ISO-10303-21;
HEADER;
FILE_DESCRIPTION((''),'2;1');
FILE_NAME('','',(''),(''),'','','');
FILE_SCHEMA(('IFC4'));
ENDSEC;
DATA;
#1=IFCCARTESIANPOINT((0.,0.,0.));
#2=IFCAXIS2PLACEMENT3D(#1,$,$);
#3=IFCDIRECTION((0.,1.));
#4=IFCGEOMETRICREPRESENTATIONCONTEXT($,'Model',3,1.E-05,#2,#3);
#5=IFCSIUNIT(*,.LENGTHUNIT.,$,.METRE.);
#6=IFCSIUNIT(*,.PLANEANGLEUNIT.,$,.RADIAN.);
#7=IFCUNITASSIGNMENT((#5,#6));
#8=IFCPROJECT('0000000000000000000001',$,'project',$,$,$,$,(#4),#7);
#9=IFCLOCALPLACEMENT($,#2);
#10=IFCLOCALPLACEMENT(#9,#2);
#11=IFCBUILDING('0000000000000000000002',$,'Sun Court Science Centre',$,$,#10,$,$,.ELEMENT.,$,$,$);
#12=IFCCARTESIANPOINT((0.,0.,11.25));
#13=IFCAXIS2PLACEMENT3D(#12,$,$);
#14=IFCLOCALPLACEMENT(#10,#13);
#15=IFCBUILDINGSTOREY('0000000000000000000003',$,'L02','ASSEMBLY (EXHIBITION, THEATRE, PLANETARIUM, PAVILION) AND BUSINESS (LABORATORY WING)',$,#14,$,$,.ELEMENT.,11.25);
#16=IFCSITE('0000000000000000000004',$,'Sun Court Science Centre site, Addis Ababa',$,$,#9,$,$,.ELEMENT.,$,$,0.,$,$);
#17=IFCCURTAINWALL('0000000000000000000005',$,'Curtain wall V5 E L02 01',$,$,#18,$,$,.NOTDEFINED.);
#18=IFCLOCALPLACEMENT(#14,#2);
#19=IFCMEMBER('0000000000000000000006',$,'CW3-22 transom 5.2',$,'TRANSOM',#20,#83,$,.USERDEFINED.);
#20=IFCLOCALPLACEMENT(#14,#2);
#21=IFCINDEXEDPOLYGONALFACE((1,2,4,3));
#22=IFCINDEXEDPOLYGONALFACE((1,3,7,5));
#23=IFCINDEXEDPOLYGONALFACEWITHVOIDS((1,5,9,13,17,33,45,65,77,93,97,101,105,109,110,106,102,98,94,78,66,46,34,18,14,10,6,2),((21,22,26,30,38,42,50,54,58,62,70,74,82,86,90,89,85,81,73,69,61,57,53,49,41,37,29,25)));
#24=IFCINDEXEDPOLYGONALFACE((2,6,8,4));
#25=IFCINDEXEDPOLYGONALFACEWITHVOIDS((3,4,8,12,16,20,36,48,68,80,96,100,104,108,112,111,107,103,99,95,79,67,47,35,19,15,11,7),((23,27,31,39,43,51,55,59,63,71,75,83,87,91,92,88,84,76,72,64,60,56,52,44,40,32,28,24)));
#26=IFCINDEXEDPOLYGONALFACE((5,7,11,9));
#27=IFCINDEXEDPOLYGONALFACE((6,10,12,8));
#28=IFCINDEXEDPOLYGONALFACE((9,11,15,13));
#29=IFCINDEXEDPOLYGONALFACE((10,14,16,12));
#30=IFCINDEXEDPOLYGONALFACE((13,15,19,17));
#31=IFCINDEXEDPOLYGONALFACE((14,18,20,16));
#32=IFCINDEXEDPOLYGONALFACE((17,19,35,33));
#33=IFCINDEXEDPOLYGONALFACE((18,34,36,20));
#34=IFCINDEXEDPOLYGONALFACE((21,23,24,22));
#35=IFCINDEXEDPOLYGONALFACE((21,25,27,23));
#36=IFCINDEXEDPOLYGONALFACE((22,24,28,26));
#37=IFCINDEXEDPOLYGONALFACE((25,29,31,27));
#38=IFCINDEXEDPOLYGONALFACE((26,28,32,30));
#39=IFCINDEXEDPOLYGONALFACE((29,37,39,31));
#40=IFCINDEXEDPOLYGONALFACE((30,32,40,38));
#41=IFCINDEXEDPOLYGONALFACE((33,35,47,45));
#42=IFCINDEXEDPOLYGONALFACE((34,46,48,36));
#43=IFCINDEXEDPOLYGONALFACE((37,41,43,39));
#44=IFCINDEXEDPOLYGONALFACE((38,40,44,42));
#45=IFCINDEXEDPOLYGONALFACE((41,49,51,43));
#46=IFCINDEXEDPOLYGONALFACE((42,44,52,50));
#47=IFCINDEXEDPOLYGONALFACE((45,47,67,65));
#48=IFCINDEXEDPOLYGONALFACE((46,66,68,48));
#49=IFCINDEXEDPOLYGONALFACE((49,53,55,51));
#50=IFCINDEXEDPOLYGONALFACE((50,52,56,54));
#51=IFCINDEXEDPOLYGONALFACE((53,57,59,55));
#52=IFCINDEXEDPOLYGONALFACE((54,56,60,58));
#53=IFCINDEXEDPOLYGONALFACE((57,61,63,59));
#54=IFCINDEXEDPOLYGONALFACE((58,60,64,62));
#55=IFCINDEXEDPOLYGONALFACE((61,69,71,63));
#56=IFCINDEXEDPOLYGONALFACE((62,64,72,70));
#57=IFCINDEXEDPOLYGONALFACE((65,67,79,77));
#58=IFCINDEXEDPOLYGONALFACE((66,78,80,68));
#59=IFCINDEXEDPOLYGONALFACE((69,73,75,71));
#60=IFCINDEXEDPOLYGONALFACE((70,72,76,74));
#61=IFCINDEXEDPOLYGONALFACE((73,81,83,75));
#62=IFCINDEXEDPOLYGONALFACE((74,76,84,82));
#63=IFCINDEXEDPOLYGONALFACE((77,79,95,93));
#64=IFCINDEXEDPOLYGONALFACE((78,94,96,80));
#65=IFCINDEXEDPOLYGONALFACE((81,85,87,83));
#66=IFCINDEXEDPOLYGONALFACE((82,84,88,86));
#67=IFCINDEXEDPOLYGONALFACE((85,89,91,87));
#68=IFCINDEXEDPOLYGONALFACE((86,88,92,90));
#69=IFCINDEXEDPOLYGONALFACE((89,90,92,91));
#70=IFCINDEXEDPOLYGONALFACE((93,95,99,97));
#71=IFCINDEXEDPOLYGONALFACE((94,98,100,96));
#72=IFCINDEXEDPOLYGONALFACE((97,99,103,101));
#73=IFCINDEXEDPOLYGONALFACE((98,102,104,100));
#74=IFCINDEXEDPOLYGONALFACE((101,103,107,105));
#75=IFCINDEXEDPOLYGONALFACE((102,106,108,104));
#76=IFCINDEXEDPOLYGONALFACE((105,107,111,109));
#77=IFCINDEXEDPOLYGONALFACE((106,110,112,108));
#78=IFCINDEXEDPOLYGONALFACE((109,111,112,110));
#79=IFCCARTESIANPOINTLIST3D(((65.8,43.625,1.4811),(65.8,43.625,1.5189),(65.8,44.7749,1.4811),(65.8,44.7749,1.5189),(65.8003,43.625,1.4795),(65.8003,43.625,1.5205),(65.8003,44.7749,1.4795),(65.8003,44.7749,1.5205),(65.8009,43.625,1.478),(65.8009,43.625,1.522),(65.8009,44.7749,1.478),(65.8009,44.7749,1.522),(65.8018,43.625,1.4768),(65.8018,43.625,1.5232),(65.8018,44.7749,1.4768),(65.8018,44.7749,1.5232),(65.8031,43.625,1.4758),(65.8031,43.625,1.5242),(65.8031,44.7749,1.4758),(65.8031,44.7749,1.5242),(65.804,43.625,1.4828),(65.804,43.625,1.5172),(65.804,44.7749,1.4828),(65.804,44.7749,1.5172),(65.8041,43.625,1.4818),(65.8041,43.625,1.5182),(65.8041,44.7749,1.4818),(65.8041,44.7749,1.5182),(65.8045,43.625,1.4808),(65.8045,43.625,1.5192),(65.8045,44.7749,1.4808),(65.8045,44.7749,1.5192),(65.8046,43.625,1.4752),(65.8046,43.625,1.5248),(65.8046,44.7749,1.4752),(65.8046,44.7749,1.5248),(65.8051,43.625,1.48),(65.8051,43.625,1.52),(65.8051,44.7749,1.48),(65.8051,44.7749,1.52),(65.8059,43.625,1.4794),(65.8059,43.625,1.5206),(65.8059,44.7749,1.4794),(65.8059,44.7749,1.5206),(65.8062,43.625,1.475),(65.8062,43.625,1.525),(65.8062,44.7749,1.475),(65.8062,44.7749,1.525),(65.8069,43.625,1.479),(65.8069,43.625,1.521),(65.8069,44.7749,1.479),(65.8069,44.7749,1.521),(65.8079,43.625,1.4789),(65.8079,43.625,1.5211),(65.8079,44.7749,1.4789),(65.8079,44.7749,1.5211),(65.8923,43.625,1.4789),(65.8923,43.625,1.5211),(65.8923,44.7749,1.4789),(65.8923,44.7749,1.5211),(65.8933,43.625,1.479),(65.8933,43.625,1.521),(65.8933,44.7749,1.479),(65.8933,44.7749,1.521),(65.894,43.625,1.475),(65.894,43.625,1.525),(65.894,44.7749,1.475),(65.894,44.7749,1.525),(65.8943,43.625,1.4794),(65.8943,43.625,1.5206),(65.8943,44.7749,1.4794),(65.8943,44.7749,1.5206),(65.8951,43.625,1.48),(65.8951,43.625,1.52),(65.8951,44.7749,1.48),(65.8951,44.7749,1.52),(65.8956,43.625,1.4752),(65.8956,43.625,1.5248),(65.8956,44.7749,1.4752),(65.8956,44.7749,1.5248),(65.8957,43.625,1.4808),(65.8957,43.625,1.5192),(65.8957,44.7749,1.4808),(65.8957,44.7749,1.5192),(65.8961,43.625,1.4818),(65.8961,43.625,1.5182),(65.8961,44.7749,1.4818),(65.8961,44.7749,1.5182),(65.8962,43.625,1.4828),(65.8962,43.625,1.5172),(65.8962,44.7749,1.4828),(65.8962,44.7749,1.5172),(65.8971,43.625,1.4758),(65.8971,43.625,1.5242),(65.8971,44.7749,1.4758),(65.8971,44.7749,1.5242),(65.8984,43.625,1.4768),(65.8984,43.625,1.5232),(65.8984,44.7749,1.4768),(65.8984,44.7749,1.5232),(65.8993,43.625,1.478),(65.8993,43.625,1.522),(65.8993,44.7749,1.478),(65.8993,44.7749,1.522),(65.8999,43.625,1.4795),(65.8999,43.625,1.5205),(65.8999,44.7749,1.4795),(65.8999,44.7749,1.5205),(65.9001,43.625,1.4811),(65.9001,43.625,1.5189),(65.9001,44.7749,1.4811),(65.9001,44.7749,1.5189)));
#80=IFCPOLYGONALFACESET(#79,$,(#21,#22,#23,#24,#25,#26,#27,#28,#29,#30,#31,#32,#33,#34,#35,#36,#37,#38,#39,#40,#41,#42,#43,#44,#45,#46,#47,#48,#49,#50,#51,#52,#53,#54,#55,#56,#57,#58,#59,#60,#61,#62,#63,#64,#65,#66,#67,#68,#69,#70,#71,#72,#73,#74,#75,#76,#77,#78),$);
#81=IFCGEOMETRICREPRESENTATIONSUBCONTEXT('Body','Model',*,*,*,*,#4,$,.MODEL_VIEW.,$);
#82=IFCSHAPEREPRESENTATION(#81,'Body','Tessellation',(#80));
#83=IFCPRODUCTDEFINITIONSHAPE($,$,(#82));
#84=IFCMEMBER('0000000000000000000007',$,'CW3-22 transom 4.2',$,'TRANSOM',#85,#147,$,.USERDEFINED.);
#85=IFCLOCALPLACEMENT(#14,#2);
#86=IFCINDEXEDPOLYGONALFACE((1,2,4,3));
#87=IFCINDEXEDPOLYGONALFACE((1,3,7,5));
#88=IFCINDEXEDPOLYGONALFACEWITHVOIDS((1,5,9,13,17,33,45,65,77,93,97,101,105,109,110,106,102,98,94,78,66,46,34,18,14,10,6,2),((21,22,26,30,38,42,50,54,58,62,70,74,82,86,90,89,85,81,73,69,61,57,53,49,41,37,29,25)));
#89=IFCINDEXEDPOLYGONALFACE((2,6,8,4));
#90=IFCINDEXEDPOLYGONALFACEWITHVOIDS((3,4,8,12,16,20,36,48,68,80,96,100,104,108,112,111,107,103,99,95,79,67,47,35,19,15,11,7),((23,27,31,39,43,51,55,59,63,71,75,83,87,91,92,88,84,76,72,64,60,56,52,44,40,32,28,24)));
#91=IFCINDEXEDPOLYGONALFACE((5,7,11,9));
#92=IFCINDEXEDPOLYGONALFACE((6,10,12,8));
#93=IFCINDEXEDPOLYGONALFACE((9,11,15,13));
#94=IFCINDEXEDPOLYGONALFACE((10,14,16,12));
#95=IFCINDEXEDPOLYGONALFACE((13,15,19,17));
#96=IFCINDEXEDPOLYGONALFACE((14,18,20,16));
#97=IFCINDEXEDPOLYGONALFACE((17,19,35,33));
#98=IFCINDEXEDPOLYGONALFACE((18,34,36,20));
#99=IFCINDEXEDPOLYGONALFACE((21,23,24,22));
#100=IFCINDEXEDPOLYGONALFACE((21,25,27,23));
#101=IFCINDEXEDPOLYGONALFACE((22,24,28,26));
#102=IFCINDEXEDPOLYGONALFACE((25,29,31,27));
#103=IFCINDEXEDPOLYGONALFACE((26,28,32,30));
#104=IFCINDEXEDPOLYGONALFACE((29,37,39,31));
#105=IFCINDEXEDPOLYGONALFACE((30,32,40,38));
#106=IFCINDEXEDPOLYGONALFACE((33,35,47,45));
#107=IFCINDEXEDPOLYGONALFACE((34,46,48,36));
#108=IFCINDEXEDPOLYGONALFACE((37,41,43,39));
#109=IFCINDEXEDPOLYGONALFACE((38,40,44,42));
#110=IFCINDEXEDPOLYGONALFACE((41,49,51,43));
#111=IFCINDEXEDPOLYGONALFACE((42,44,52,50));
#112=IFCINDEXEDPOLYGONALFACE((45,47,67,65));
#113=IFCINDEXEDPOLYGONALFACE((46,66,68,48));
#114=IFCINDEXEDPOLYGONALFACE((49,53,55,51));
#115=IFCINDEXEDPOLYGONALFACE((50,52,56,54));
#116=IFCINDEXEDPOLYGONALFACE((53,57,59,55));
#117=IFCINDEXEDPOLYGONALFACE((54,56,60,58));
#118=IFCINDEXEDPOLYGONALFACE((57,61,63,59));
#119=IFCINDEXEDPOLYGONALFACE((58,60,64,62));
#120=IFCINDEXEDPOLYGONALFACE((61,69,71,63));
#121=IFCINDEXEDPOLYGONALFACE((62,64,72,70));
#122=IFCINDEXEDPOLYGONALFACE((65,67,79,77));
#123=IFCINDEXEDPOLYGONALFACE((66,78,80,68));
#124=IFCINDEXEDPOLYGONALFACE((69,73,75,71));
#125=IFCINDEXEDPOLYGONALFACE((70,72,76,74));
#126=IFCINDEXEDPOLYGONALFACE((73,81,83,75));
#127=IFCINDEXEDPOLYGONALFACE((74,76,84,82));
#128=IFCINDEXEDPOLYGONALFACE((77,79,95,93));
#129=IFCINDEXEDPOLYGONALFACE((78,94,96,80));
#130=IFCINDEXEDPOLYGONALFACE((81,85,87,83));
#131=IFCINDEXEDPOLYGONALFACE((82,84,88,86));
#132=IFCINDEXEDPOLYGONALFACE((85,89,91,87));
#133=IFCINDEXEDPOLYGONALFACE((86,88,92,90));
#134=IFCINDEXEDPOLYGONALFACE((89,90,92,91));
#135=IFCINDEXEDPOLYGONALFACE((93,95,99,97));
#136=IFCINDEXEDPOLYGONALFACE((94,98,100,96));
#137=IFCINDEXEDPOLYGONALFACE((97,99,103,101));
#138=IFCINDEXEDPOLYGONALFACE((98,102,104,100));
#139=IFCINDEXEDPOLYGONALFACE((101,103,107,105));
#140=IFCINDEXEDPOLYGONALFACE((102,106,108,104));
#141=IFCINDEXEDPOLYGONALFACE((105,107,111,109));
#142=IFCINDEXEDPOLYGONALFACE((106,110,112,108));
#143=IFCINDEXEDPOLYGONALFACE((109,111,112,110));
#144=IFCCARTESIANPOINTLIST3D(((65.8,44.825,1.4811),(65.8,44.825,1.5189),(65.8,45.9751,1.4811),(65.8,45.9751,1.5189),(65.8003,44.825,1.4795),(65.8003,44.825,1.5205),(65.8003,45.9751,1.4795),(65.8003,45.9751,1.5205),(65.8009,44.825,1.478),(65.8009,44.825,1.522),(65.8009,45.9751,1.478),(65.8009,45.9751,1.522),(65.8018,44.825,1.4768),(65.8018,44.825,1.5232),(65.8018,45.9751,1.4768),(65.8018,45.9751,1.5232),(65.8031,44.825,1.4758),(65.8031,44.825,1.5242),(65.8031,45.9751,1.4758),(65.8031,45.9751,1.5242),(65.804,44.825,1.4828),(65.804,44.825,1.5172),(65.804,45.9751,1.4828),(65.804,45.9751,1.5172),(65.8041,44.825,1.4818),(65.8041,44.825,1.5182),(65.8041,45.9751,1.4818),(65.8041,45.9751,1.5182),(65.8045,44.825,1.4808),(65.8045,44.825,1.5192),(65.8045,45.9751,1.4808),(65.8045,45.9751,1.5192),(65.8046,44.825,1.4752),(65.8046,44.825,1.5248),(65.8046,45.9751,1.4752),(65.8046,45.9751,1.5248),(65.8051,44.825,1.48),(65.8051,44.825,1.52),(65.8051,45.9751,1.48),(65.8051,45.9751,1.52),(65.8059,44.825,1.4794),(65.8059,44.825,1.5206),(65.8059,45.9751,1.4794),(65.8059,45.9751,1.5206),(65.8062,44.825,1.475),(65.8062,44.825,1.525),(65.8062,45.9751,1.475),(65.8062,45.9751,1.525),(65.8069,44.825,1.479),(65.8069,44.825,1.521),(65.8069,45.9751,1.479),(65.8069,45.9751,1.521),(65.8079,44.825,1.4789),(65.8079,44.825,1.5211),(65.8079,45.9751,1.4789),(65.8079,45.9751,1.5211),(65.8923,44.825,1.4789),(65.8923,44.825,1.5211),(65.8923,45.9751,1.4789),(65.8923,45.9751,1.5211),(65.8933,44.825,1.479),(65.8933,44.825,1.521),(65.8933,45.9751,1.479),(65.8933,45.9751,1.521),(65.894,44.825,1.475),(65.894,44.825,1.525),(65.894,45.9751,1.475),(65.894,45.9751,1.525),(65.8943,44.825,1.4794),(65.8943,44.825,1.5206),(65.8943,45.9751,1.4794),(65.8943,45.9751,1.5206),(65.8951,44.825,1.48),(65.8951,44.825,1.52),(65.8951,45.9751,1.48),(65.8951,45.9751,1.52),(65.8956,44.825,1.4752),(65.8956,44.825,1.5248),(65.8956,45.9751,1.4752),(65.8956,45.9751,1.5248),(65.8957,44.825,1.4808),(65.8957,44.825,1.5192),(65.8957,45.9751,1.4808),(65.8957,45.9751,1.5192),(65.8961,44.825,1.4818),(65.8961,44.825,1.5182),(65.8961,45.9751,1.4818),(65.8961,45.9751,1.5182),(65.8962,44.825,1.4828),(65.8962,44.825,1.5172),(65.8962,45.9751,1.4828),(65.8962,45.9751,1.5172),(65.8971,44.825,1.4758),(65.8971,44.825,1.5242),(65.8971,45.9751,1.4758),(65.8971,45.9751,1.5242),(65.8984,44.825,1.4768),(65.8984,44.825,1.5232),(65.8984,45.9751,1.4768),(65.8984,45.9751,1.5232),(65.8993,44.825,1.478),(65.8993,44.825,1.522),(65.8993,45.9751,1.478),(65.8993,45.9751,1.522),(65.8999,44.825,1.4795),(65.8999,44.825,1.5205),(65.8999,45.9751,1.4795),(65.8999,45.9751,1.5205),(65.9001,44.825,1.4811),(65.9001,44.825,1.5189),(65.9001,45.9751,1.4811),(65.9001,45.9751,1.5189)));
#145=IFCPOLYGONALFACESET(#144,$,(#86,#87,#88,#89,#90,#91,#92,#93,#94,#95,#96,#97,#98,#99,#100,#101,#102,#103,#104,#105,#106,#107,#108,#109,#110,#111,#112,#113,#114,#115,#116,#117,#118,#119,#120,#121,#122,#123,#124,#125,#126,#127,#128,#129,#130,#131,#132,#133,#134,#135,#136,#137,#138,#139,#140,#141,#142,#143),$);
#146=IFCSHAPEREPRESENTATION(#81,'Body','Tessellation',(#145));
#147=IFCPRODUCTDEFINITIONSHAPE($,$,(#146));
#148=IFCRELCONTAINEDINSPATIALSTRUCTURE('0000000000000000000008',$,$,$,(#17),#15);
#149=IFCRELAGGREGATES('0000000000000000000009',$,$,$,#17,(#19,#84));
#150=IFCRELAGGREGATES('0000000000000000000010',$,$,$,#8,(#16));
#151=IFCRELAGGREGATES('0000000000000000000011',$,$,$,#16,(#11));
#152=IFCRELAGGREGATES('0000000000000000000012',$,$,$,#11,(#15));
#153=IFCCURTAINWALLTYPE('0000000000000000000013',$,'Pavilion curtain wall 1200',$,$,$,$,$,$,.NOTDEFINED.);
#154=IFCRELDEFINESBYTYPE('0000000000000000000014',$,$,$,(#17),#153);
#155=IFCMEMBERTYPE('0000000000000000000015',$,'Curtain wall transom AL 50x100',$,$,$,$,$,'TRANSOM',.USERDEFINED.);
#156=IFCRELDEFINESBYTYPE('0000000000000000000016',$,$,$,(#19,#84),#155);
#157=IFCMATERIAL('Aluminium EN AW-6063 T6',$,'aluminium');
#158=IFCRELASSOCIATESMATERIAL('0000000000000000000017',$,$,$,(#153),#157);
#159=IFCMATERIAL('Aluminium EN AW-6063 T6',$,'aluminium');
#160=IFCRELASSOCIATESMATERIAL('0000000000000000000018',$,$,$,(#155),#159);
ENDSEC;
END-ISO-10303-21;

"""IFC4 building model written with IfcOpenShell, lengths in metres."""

from ifc_helpers import new_model, si_unit, direction, frame, origin, origin_2d, place, context, subcontext, project, spatial, hollow_rectangle, extrude, material, material_profile, profile_set, type_object, element, aggregate, save


model = new_model("IFC4")

# Units and contexts
model_context = context("Model", 3, precision=1e-05, world=origin(), true_north=direction((0.0, 1.0)))
body_context = subcontext(model_context, "Body", "Model", "MODEL_VIEW")
ifc_project = project(units=[si_unit("LENGTHUNIT", "METRE"), si_unit("PLANEANGLEUNIT", "RADIAN")], contexts=[model_context])

# Site, building, storey
site_placement = place(None, origin())
site = spatial("IfcSite", under=ifc_project, at=site_placement, Name="Sun Court Science Centre site, Addis Ababa", CompositionType="ELEMENT", RefElevation=0.0)
building_placement = place(site_placement, origin())
building = spatial("IfcBuilding", under=site, at=building_placement, Name="Sun Court Science Centre", CompositionType="ELEMENT")
storey_placement = place(building_placement, frame((0.0, 0.0, 11.25)))
storey = spatial("IfcBuildingStorey", under=building, at=storey_placement, Name="L02", Description="ASSEMBLY (EXHIBITION, THEATRE, PLANETARIUM, PAVILION) AND BUSINESS (LABORATORY WING)", CompositionType="ELEMENT", Elevation=11.25)

# Curtain wall, members
ifc_material_1 = material(Name="Aluminium EN AW-6063 T6", Category="aluminium")
curtain_wall_type = type_object("IfcCurtainWallType", Name="Pavilion curtain wall 1200", PredefinedType="NOTDEFINED", material=ifc_material_1)
curtain_wall_placement = place(storey_placement, origin())
curtain_wall = element("IfcCurtainWall", 1, at=curtain_wall_placement, inside=storey, type_object=curtain_wall_type, Name="Curtain wall V5 E L02 01", PredefinedType="NOTDEFINED")
ifc_material_2 = material(Name="Aluminium EN AW-6063 T6", Category="aluminium")
ifc_material_profile_1 = material_profile(ifc_material_2, hollow_rectangle(XDim=0.05, YDim=0.1001, WallThickness=0.0039, InnerFilletRadius=0.0039, OuterFilletRadius=0.0061, at=origin_2d()), Name="AL 50x100x4")
ifc_profile_set_1 = profile_set([ifc_material_profile_1], Name="Aluminium EN AW-6063 T6")
member_type_1 = type_object("IfcMemberType", Name="Curtain wall transom AL 50x100", ElementType="TRANSOM", PredefinedType="USERDEFINED", material=ifc_profile_set_1)
member_1_placement = place(storey_placement, frame((65.8501, 44.7749, 1.5), z_axis=(0.0, -1.0, 0.0), x_axis=(0.0, 0.0, 1.0)))
member_1 = element("IfcMember", 2, at=member_1_placement, type_object=member_type_1, Name="CW3-22 transom 5.2", ObjectType="TRANSOM", PredefinedType="USERDEFINED", context=body_context, shape_type="SweptSolid", body=[
    extrude(hollow_rectangle(XDim=0.05, YDim=0.1001, WallThickness=0.0039, InnerFilletRadius=0.0039, OuterFilletRadius=0.0061, at=origin_2d()), origin(), (0.0, 0.0, 1.0), 1.1499),
])
member_2_placement = place(storey_placement, frame((65.8501, 45.9751, 1.5), z_axis=(0.0, -1.0, 0.0), x_axis=(0.0, 0.0, 1.0)))
member_2 = element("IfcMember", 3, at=member_2_placement, type_object=member_type_1, Name="CW3-22 transom 4.2", ObjectType="TRANSOM", PredefinedType="USERDEFINED", context=body_context, shape_type="SweptSolid", body=[
    extrude(hollow_rectangle(XDim=0.05, YDim=0.1001, WallThickness=0.0039, InnerFilletRadius=0.0039, OuterFilletRadius=0.0061, at=origin_2d()), origin(), (0.0, 0.0, 1.0), 1.1501),
])
aggregate(curtain_wall, [member_1, member_2])

save(model, "model.ifc")
